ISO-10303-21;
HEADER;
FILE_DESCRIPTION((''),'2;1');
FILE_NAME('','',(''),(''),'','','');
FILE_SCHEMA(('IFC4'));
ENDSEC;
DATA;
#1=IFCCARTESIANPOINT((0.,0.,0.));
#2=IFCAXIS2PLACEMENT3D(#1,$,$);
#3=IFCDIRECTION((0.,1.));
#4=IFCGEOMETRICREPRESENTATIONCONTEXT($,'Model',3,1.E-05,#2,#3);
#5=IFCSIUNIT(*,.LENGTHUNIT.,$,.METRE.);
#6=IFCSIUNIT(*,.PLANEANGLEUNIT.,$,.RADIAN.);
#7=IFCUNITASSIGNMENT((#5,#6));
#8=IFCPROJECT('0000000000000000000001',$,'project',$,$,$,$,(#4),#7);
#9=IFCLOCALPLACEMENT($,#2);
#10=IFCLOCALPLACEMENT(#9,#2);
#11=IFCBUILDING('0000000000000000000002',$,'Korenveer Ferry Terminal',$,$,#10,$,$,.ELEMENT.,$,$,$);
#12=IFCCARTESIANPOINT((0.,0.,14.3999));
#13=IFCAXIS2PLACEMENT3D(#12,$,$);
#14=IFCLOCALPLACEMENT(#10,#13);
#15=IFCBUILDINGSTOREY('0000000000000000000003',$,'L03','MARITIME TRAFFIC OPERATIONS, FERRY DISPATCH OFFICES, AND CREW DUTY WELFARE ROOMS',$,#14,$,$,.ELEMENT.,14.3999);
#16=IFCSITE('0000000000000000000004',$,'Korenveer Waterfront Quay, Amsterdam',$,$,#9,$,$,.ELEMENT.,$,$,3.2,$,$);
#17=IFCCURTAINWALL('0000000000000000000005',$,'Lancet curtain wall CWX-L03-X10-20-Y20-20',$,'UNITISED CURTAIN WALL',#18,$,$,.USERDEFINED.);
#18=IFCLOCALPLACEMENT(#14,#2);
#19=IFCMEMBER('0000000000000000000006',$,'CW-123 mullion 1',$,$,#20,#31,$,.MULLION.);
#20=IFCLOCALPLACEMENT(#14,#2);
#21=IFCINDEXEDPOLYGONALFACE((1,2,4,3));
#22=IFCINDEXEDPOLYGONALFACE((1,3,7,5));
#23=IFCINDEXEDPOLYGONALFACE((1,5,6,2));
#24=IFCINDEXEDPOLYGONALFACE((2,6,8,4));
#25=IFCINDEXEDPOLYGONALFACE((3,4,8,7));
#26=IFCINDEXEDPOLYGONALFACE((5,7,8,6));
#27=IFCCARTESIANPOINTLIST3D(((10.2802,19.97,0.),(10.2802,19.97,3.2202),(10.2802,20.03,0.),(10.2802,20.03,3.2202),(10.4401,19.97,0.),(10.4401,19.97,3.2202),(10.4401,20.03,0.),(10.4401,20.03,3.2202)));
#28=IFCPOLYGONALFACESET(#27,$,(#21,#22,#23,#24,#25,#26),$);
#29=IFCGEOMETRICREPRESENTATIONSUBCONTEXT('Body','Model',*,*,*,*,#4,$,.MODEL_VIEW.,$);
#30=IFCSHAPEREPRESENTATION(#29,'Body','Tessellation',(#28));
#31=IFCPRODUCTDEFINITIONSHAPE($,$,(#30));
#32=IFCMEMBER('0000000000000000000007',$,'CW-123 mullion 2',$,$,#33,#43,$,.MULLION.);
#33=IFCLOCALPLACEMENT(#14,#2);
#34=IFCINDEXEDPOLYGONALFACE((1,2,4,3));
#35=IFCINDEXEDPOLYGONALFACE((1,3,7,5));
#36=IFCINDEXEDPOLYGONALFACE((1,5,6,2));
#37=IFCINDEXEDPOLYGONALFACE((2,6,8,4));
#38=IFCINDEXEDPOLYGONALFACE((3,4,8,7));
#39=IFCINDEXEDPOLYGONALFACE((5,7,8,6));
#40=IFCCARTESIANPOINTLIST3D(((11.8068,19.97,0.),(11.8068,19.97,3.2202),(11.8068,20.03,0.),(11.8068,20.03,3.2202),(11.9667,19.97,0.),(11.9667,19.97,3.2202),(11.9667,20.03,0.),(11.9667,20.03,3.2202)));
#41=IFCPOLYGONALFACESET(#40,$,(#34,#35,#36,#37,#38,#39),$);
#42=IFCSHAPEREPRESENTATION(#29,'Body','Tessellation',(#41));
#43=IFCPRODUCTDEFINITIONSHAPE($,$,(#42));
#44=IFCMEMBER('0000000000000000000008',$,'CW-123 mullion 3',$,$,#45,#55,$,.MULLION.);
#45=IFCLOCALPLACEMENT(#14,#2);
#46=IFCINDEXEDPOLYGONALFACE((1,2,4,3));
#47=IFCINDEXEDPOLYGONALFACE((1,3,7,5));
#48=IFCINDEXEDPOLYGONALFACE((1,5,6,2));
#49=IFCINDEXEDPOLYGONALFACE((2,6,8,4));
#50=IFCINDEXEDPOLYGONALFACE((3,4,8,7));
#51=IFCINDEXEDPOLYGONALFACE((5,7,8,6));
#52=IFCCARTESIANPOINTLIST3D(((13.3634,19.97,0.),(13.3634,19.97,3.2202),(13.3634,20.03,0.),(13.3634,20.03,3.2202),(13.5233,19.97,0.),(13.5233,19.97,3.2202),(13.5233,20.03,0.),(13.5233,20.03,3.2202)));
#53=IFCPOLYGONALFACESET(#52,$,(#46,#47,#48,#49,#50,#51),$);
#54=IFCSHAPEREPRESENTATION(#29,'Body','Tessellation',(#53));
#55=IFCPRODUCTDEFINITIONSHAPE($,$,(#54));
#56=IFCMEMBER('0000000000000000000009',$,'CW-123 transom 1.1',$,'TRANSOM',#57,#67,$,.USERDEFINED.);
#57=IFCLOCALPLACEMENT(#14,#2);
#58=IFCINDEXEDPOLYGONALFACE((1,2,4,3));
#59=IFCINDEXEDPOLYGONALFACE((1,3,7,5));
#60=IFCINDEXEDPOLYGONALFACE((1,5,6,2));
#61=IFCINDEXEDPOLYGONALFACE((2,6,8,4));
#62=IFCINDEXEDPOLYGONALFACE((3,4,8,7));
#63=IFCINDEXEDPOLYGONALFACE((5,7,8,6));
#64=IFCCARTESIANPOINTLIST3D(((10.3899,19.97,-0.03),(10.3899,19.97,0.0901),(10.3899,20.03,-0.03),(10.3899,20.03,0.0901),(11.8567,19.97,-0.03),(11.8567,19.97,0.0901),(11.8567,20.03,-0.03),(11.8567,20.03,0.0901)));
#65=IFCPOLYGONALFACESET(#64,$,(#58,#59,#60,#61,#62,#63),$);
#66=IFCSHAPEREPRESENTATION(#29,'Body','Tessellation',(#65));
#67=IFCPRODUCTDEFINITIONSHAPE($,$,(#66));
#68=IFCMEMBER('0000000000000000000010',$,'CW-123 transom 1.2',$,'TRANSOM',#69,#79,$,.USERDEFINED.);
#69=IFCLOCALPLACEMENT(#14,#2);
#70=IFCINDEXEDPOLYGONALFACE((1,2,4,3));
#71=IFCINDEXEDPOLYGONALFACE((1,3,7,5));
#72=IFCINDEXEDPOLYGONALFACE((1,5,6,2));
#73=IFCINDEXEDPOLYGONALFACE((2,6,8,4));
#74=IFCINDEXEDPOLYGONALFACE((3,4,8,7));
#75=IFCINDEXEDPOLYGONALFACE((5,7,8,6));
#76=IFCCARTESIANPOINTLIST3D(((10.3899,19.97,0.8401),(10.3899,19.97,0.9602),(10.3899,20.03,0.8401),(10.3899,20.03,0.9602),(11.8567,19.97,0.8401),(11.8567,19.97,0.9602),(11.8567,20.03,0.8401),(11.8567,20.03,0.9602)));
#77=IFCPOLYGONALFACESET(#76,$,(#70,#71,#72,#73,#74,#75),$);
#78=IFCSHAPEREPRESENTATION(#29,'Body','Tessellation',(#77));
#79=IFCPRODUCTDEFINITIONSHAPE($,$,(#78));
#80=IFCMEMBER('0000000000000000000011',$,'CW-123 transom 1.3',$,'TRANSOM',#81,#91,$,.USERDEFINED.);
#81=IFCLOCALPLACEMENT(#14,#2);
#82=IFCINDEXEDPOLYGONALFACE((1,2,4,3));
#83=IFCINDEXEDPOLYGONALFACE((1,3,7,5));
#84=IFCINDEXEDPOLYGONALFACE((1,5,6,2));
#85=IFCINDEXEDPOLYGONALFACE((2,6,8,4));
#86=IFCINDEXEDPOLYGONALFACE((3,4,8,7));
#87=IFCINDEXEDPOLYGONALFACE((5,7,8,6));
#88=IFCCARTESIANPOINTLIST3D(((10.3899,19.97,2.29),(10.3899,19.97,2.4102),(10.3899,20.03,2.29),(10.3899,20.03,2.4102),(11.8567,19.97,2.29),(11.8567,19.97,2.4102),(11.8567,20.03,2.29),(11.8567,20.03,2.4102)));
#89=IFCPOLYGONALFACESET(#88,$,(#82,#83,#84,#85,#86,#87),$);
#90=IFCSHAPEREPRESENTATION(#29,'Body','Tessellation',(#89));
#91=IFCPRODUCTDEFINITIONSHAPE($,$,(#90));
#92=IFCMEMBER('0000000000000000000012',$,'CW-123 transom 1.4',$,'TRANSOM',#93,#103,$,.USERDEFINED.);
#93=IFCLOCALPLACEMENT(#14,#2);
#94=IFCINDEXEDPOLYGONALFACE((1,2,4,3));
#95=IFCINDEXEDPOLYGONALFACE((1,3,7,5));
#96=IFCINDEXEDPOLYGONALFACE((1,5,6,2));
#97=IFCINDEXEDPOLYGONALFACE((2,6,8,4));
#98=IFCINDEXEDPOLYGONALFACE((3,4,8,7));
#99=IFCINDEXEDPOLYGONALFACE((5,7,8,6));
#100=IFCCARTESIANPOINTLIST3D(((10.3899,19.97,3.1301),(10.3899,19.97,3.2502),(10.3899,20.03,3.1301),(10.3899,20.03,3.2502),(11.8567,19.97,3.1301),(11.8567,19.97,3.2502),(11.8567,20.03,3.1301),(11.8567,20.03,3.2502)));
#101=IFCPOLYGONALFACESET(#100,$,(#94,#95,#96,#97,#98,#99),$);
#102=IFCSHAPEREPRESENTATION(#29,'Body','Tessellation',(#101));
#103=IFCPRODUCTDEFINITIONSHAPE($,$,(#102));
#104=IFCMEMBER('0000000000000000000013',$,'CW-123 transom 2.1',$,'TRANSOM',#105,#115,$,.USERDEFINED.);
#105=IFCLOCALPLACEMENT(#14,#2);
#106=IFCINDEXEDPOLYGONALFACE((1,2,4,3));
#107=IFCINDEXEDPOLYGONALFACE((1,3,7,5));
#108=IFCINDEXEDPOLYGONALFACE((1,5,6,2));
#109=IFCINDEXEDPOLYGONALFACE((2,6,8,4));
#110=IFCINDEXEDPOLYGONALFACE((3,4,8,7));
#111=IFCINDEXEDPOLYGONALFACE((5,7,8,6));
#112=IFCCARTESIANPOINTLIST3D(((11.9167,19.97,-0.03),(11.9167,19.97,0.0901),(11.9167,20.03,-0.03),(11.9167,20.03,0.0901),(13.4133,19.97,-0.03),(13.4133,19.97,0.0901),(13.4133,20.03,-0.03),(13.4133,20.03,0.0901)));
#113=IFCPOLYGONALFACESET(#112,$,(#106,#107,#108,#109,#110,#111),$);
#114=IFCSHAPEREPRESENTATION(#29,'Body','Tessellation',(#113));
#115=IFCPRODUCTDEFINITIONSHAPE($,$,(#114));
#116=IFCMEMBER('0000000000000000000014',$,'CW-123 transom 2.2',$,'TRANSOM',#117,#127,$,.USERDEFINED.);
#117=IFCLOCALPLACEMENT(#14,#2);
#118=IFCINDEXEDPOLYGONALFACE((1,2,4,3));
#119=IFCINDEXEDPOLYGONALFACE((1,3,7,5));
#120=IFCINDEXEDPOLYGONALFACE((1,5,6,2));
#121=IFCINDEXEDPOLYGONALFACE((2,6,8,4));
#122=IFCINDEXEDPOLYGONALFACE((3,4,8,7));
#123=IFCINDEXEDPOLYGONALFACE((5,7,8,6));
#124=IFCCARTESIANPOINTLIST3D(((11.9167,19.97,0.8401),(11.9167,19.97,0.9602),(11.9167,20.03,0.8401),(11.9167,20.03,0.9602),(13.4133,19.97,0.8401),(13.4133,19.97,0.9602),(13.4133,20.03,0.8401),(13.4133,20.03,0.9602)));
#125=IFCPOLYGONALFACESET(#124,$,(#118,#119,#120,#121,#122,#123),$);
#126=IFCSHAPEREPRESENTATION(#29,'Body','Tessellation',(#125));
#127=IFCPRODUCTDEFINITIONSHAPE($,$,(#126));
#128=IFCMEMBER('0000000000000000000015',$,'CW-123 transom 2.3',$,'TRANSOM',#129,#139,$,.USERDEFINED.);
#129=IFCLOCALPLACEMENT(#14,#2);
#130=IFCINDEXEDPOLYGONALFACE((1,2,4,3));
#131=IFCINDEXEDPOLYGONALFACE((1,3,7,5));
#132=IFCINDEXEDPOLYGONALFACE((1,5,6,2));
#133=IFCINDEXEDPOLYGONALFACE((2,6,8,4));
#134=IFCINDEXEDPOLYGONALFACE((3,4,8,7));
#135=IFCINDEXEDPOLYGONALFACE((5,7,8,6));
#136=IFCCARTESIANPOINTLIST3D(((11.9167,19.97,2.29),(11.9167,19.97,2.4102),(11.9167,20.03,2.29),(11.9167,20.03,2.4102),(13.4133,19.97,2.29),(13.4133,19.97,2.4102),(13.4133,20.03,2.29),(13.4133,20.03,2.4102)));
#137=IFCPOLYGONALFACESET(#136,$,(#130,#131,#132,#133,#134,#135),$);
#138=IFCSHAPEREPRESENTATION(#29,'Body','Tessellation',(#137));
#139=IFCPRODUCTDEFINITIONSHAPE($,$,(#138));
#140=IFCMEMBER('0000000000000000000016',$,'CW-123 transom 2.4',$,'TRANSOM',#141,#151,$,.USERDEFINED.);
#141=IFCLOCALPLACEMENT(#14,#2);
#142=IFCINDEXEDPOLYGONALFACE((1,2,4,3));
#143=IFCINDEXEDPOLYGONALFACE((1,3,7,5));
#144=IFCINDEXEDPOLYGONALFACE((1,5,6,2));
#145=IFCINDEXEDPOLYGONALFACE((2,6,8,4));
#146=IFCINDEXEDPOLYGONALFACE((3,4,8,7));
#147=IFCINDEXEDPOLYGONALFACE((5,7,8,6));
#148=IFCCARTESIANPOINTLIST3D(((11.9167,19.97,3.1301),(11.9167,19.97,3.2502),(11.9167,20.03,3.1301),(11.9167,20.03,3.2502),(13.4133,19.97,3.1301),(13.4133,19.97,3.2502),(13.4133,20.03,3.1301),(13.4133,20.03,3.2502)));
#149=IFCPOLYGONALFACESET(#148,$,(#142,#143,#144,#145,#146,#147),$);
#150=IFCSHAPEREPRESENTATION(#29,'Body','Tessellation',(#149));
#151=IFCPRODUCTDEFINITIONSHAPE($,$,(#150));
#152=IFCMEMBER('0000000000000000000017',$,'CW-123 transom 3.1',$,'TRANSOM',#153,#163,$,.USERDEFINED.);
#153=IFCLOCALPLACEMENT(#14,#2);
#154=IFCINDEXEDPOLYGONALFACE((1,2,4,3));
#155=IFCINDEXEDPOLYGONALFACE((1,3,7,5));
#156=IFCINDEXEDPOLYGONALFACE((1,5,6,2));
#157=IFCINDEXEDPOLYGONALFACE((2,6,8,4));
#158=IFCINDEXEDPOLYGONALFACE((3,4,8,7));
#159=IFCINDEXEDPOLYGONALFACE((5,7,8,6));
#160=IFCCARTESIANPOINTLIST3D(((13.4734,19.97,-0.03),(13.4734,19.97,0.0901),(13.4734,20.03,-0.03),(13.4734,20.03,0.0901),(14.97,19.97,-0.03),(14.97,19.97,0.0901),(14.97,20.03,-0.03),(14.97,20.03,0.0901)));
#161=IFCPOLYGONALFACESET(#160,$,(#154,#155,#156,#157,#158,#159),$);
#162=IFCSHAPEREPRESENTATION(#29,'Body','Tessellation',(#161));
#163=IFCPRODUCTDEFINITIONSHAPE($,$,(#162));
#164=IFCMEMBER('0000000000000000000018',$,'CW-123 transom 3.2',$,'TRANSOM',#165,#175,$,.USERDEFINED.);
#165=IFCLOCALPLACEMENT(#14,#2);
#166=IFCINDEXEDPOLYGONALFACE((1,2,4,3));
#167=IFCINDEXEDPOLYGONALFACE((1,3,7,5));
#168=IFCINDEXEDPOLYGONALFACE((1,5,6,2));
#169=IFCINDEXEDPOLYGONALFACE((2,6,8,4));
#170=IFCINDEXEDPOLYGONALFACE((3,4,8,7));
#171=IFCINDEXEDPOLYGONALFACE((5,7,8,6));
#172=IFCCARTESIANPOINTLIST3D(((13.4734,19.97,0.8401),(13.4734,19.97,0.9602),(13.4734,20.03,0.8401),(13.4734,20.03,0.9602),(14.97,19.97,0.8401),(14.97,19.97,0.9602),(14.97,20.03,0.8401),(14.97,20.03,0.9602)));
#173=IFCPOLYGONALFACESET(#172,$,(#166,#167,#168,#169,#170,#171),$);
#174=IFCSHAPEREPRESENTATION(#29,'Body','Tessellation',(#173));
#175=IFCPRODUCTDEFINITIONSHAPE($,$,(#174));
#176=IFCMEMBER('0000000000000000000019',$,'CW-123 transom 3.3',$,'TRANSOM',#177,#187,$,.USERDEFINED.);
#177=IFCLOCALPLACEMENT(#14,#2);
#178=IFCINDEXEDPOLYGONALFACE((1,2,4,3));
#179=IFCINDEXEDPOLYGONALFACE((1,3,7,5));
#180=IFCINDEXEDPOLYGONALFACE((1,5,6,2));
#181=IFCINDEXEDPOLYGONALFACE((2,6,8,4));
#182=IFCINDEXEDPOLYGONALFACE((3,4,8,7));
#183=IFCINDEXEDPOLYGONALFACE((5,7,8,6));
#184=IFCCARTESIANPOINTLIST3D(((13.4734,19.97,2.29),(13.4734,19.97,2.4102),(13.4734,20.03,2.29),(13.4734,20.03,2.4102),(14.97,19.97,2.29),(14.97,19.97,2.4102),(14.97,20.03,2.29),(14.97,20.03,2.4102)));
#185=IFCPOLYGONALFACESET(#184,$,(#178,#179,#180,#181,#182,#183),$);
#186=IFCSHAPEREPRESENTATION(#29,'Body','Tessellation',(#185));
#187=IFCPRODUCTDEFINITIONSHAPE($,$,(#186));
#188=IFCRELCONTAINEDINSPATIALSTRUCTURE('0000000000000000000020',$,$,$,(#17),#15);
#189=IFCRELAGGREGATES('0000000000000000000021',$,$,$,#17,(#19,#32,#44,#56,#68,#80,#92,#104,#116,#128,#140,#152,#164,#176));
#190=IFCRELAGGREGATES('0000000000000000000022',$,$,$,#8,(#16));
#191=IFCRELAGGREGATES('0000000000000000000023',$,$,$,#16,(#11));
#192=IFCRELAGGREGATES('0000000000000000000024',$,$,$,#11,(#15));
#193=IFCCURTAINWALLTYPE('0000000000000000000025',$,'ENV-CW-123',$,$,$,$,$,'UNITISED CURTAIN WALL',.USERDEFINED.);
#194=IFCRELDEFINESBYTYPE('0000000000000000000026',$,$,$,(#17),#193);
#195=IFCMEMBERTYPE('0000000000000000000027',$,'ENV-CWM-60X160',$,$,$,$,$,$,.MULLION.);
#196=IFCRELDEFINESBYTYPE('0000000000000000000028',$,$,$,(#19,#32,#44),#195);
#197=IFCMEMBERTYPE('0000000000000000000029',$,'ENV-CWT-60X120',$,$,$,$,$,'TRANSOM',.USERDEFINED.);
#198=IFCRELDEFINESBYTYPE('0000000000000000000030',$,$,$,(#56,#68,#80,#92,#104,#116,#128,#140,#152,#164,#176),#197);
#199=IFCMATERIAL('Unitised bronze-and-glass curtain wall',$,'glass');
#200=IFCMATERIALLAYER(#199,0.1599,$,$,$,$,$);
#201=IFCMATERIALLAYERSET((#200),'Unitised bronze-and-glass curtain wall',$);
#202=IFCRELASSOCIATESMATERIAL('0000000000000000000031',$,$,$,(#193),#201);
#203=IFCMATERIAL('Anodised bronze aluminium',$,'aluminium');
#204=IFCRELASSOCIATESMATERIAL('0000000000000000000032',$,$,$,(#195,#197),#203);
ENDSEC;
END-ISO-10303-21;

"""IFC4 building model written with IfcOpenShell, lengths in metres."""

from ifc_helpers import new_model, si_unit, direction, frame, origin, origin_2d, place, context, subcontext, project, spatial, rectangle, extrude, material, layer, layer_set, material_profile, profile_set, type_object, element, aggregate, save


model = new_model("IFC4")

# Units and contexts
model_context = context("Model", 3, precision=1e-05, world=origin(), true_north=direction((0.0, 1.0)))
body_context = subcontext(model_context, "Body", "Model", "MODEL_VIEW")
ifc_project = project(units=[si_unit("LENGTHUNIT", "METRE"), si_unit("PLANEANGLEUNIT", "RADIAN")], contexts=[model_context])

# Site, building, storey
site_placement = place(None, origin())
site = spatial("IfcSite", under=ifc_project, at=site_placement, Name="Korenveer Waterfront Quay, Amsterdam", CompositionType="ELEMENT", RefElevation=3.2)
building_placement = place(site_placement, origin())
building = spatial("IfcBuilding", under=site, at=building_placement, Name="Korenveer Ferry Terminal", CompositionType="ELEMENT")
storey_placement = place(building_placement, frame((0.0, 0.0, 14.3999)))
storey = spatial("IfcBuildingStorey", under=building, at=storey_placement, Name="L03", Description="MARITIME TRAFFIC OPERATIONS, FERRY DISPATCH OFFICES, AND CREW DUTY WELFARE ROOMS", CompositionType="ELEMENT", Elevation=14.3999)

# Curtain wall, members
ifc_material_1 = material(Name="Unitised bronze-and-glass curtain wall", Category="glass")
ifc_layer_1 = layer(ifc_material_1, 0.1599)
ifc_layer_set_1 = layer_set([ifc_layer_1], Name="Unitised bronze-and-glass curtain wall")
curtain_wall_type = type_object("IfcCurtainWallType", Name="ENV-CW-123", ElementType="UNITISED CURTAIN WALL", PredefinedType="USERDEFINED", material=ifc_layer_set_1)
curtain_wall_placement = place(storey_placement, frame((10.3301, 20.0, 0.0)))
curtain_wall = element("IfcCurtainWall", 1, at=curtain_wall_placement, inside=storey, type_object=curtain_wall_type, Name="Lancet curtain wall CWX-L03-X10-20-Y20-20", ObjectType="UNITISED CURTAIN WALL", PredefinedType="USERDEFINED")
ifc_material_2 = material(Name="Anodised bronze aluminium", Category="aluminium")
ifc_material_profile_1 = material_profile(ifc_material_2, rectangle(XDim=0.0601, YDim=0.1599, at=origin_2d()), Name="ALU 60x160")
ifc_profile_set_1 = profile_set([ifc_material_profile_1], Name="Anodised bronze aluminium")
member_type_1 = type_object("IfcMemberType", Name="ENV-CWM-60X160", PredefinedType="MULLION", material=ifc_profile_set_1)
member_1_placement = place(storey_placement, frame((10.3601, 20.0, 0.0), z_axis=(0.0, 0.0, 1.0), x_axis=(0.0, 1.0, 0.0)))
member_1 = element("IfcMember", 2, at=member_1_placement, type_object=member_type_1, Name="CW-123 mullion 1", PredefinedType="MULLION", context=body_context, shape_type="SweptSolid", body=[
    extrude(rectangle(XDim=0.0601, YDim=0.1599, at=origin_2d()), origin(), (0.0, 0.0, 1.0), 3.2202),
])
member_2_placement = place(storey_placement, frame((11.8867, 20.0, 0.0), z_axis=(0.0, 0.0, 1.0), x_axis=(0.0, 1.0, 0.0)))
member_2 = element("IfcMember", 3, at=member_2_placement, type_object=member_type_1, Name="CW-123 mullion 2", PredefinedType="MULLION", context=body_context, shape_type="SweptSolid", body=[
    extrude(rectangle(XDim=0.0601, YDim=0.1599, at=origin_2d()), origin(), (0.0, 0.0, 1.0), 3.2202),
])
member_3_placement = place(storey_placement, frame((13.4434, 20.0, 0.0), z_axis=(0.0, 0.0, 1.0), x_axis=(0.0, 1.0, 0.0)))
member_3 = element("IfcMember", 4, at=member_3_placement, type_object=member_type_1, Name="CW-123 mullion 3", PredefinedType="MULLION", context=body_context, shape_type="SweptSolid", body=[
    extrude(rectangle(XDim=0.0601, YDim=0.1599, at=origin_2d()), origin(), (0.0, 0.0, 1.0), 3.2202),
])
ifc_material_profile_2 = material_profile(ifc_material_2, rectangle(XDim=0.0601, YDim=0.1201, at=origin_2d()), Name="ALU 60x120")
ifc_profile_set_2 = profile_set([ifc_material_profile_2], Name="Anodised bronze aluminium")
member_type_2 = type_object("IfcMemberType", Name="ENV-CWT-60X120", ElementType="TRANSOM", PredefinedType="USERDEFINED", material=ifc_profile_set_2)
member_4_placement = place(storey_placement, frame((10.3899, 20.0, 0.03), z_axis=(1.0, 0.0, 0.0), x_axis=(0.0, 1.0, 0.0)))
member_4 = element("IfcMember", 5, at=member_4_placement, type_object=member_type_2, Name="CW-123 transom 1.1", ObjectType="TRANSOM", PredefinedType="USERDEFINED", context=body_context, shape_type="SweptSolid", body=[
    extrude(rectangle(XDim=0.0601, YDim=0.1201, at=origin_2d()), origin(), (0.0, 0.0, 1.0), 1.4668),
])
member_5_placement = place(storey_placement, frame((10.3899, 20.0, 0.9001), z_axis=(1.0, 0.0, 0.0), x_axis=(0.0, 1.0, 0.0)))
member_5 = element("IfcMember", 6, at=member_5_placement, type_object=member_type_2, Name="CW-123 transom 1.2", ObjectType="TRANSOM", PredefinedType="USERDEFINED", context=body_context, shape_type="SweptSolid", body=[
    extrude(rectangle(XDim=0.0601, YDim=0.1201, at=origin_2d()), origin(), (0.0, 0.0, 1.0), 1.4668),
])
member_6_placement = place(storey_placement, frame((10.3899, 20.0, 2.3501), z_axis=(1.0, 0.0, 0.0), x_axis=(0.0, 1.0, 0.0)))
member_6 = element("IfcMember", 7, at=member_6_placement, type_object=member_type_2, Name="CW-123 transom 1.3", ObjectType="TRANSOM", PredefinedType="USERDEFINED", context=body_context, shape_type="SweptSolid", body=[
    extrude(rectangle(XDim=0.0601, YDim=0.1201, at=origin_2d()), origin(), (0.0, 0.0, 1.0), 1.4668),
])
member_7_placement = place(storey_placement, frame((10.3899, 20.0, 3.1902), z_axis=(1.0, 0.0, 0.0), x_axis=(0.0, 1.0, 0.0)))
member_7 = element("IfcMember", 8, at=member_7_placement, type_object=member_type_2, Name="CW-123 transom 1.4", ObjectType="TRANSOM", PredefinedType="USERDEFINED", context=body_context, shape_type="SweptSolid", body=[
    extrude(rectangle(XDim=0.0601, YDim=0.1201, at=origin_2d()), origin(), (0.0, 0.0, 1.0), 1.4668),
])
member_8_placement = place(storey_placement, frame((11.9167, 20.0, 0.03), z_axis=(1.0, 0.0, 0.0), x_axis=(0.0, 1.0, 0.0)))
member_8 = element("IfcMember", 9, at=member_8_placement, type_object=member_type_2, Name="CW-123 transom 2.1", ObjectType="TRANSOM", PredefinedType="USERDEFINED", context=body_context, shape_type="SweptSolid", body=[
    extrude(rectangle(XDim=0.0601, YDim=0.1201, at=origin_2d()), origin(), (0.0, 0.0, 1.0), 1.4966),
])
member_9_placement = place(storey_placement, frame((11.9167, 20.0, 0.9001), z_axis=(1.0, 0.0, 0.0), x_axis=(0.0, 1.0, 0.0)))
member_9 = element("IfcMember", 10, at=member_9_placement, type_object=member_type_2, Name="CW-123 transom 2.2", ObjectType="TRANSOM", PredefinedType="USERDEFINED", context=body_context, shape_type="SweptSolid", body=[
    extrude(rectangle(XDim=0.0601, YDim=0.1201, at=origin_2d()), origin(), (0.0, 0.0, 1.0), 1.4966),
])
member_10_placement = place(storey_placement, frame((11.9167, 20.0, 2.3501), z_axis=(1.0, 0.0, 0.0), x_axis=(0.0, 1.0, 0.0)))
member_10 = element("IfcMember", 11, at=member_10_placement, type_object=member_type_2, Name="CW-123 transom 2.3", ObjectType="TRANSOM", PredefinedType="USERDEFINED", context=body_context, shape_type="SweptSolid", body=[
    extrude(rectangle(XDim=0.0601, YDim=0.1201, at=origin_2d()), origin(), (0.0, 0.0, 1.0), 1.4966),
])
member_11_placement = place(storey_placement, frame((11.9167, 20.0, 3.1902), z_axis=(1.0, 0.0, 0.0), x_axis=(0.0, 1.0, 0.0)))
member_11 = element("IfcMember", 12, at=member_11_placement, type_object=member_type_2, Name="CW-123 transom 2.4", ObjectType="TRANSOM", PredefinedType="USERDEFINED", context=body_context, shape_type="SweptSolid", body=[
    extrude(rectangle(XDim=0.0601, YDim=0.1201, at=origin_2d()), origin(), (0.0, 0.0, 1.0), 1.4966),
])
member_12_placement = place(storey_placement, frame((13.4734, 20.0, 0.03), z_axis=(1.0, 0.0, 0.0), x_axis=(0.0, 1.0, 0.0)))
member_12 = element("IfcMember", 13, at=member_12_placement, type_object=member_type_2, Name="CW-123 transom 3.1", ObjectType="TRANSOM", PredefinedType="USERDEFINED", context=body_context, shape_type="SweptSolid", body=[
    extrude(rectangle(XDim=0.0601, YDim=0.1201, at=origin_2d()), origin(), (0.0, 0.0, 1.0), 1.4966),
])
member_13_placement = place(storey_placement, frame((13.4734, 20.0, 0.9001), z_axis=(1.0, 0.0, 0.0), x_axis=(0.0, 1.0, 0.0)))
member_13 = element("IfcMember", 14, at=member_13_placement, type_object=member_type_2, Name="CW-123 transom 3.2", ObjectType="TRANSOM", PredefinedType="USERDEFINED", context=body_context, shape_type="SweptSolid", body=[
    extrude(rectangle(XDim=0.0601, YDim=0.1201, at=origin_2d()), origin(), (0.0, 0.0, 1.0), 1.4966),
])
member_14_placement = place(storey_placement, frame((13.4734, 20.0, 2.3501), z_axis=(1.0, 0.0, 0.0), x_axis=(0.0, 1.0, 0.0)))
member_14 = element("IfcMember", 15, at=member_14_placement, type_object=member_type_2, Name="CW-123 transom 3.3", ObjectType="TRANSOM", PredefinedType="USERDEFINED", context=body_context, shape_type="SweptSolid", body=[
    extrude(rectangle(XDim=0.0601, YDim=0.1201, at=origin_2d()), origin(), (0.0, 0.0, 1.0), 1.4966),
])
aggregate(curtain_wall, [member_1, member_2, member_3, member_4, member_5, member_6, member_7, member_8, member_9, member_10, member_11, member_12, member_13, member_14])

save(model, "model.ifc")
